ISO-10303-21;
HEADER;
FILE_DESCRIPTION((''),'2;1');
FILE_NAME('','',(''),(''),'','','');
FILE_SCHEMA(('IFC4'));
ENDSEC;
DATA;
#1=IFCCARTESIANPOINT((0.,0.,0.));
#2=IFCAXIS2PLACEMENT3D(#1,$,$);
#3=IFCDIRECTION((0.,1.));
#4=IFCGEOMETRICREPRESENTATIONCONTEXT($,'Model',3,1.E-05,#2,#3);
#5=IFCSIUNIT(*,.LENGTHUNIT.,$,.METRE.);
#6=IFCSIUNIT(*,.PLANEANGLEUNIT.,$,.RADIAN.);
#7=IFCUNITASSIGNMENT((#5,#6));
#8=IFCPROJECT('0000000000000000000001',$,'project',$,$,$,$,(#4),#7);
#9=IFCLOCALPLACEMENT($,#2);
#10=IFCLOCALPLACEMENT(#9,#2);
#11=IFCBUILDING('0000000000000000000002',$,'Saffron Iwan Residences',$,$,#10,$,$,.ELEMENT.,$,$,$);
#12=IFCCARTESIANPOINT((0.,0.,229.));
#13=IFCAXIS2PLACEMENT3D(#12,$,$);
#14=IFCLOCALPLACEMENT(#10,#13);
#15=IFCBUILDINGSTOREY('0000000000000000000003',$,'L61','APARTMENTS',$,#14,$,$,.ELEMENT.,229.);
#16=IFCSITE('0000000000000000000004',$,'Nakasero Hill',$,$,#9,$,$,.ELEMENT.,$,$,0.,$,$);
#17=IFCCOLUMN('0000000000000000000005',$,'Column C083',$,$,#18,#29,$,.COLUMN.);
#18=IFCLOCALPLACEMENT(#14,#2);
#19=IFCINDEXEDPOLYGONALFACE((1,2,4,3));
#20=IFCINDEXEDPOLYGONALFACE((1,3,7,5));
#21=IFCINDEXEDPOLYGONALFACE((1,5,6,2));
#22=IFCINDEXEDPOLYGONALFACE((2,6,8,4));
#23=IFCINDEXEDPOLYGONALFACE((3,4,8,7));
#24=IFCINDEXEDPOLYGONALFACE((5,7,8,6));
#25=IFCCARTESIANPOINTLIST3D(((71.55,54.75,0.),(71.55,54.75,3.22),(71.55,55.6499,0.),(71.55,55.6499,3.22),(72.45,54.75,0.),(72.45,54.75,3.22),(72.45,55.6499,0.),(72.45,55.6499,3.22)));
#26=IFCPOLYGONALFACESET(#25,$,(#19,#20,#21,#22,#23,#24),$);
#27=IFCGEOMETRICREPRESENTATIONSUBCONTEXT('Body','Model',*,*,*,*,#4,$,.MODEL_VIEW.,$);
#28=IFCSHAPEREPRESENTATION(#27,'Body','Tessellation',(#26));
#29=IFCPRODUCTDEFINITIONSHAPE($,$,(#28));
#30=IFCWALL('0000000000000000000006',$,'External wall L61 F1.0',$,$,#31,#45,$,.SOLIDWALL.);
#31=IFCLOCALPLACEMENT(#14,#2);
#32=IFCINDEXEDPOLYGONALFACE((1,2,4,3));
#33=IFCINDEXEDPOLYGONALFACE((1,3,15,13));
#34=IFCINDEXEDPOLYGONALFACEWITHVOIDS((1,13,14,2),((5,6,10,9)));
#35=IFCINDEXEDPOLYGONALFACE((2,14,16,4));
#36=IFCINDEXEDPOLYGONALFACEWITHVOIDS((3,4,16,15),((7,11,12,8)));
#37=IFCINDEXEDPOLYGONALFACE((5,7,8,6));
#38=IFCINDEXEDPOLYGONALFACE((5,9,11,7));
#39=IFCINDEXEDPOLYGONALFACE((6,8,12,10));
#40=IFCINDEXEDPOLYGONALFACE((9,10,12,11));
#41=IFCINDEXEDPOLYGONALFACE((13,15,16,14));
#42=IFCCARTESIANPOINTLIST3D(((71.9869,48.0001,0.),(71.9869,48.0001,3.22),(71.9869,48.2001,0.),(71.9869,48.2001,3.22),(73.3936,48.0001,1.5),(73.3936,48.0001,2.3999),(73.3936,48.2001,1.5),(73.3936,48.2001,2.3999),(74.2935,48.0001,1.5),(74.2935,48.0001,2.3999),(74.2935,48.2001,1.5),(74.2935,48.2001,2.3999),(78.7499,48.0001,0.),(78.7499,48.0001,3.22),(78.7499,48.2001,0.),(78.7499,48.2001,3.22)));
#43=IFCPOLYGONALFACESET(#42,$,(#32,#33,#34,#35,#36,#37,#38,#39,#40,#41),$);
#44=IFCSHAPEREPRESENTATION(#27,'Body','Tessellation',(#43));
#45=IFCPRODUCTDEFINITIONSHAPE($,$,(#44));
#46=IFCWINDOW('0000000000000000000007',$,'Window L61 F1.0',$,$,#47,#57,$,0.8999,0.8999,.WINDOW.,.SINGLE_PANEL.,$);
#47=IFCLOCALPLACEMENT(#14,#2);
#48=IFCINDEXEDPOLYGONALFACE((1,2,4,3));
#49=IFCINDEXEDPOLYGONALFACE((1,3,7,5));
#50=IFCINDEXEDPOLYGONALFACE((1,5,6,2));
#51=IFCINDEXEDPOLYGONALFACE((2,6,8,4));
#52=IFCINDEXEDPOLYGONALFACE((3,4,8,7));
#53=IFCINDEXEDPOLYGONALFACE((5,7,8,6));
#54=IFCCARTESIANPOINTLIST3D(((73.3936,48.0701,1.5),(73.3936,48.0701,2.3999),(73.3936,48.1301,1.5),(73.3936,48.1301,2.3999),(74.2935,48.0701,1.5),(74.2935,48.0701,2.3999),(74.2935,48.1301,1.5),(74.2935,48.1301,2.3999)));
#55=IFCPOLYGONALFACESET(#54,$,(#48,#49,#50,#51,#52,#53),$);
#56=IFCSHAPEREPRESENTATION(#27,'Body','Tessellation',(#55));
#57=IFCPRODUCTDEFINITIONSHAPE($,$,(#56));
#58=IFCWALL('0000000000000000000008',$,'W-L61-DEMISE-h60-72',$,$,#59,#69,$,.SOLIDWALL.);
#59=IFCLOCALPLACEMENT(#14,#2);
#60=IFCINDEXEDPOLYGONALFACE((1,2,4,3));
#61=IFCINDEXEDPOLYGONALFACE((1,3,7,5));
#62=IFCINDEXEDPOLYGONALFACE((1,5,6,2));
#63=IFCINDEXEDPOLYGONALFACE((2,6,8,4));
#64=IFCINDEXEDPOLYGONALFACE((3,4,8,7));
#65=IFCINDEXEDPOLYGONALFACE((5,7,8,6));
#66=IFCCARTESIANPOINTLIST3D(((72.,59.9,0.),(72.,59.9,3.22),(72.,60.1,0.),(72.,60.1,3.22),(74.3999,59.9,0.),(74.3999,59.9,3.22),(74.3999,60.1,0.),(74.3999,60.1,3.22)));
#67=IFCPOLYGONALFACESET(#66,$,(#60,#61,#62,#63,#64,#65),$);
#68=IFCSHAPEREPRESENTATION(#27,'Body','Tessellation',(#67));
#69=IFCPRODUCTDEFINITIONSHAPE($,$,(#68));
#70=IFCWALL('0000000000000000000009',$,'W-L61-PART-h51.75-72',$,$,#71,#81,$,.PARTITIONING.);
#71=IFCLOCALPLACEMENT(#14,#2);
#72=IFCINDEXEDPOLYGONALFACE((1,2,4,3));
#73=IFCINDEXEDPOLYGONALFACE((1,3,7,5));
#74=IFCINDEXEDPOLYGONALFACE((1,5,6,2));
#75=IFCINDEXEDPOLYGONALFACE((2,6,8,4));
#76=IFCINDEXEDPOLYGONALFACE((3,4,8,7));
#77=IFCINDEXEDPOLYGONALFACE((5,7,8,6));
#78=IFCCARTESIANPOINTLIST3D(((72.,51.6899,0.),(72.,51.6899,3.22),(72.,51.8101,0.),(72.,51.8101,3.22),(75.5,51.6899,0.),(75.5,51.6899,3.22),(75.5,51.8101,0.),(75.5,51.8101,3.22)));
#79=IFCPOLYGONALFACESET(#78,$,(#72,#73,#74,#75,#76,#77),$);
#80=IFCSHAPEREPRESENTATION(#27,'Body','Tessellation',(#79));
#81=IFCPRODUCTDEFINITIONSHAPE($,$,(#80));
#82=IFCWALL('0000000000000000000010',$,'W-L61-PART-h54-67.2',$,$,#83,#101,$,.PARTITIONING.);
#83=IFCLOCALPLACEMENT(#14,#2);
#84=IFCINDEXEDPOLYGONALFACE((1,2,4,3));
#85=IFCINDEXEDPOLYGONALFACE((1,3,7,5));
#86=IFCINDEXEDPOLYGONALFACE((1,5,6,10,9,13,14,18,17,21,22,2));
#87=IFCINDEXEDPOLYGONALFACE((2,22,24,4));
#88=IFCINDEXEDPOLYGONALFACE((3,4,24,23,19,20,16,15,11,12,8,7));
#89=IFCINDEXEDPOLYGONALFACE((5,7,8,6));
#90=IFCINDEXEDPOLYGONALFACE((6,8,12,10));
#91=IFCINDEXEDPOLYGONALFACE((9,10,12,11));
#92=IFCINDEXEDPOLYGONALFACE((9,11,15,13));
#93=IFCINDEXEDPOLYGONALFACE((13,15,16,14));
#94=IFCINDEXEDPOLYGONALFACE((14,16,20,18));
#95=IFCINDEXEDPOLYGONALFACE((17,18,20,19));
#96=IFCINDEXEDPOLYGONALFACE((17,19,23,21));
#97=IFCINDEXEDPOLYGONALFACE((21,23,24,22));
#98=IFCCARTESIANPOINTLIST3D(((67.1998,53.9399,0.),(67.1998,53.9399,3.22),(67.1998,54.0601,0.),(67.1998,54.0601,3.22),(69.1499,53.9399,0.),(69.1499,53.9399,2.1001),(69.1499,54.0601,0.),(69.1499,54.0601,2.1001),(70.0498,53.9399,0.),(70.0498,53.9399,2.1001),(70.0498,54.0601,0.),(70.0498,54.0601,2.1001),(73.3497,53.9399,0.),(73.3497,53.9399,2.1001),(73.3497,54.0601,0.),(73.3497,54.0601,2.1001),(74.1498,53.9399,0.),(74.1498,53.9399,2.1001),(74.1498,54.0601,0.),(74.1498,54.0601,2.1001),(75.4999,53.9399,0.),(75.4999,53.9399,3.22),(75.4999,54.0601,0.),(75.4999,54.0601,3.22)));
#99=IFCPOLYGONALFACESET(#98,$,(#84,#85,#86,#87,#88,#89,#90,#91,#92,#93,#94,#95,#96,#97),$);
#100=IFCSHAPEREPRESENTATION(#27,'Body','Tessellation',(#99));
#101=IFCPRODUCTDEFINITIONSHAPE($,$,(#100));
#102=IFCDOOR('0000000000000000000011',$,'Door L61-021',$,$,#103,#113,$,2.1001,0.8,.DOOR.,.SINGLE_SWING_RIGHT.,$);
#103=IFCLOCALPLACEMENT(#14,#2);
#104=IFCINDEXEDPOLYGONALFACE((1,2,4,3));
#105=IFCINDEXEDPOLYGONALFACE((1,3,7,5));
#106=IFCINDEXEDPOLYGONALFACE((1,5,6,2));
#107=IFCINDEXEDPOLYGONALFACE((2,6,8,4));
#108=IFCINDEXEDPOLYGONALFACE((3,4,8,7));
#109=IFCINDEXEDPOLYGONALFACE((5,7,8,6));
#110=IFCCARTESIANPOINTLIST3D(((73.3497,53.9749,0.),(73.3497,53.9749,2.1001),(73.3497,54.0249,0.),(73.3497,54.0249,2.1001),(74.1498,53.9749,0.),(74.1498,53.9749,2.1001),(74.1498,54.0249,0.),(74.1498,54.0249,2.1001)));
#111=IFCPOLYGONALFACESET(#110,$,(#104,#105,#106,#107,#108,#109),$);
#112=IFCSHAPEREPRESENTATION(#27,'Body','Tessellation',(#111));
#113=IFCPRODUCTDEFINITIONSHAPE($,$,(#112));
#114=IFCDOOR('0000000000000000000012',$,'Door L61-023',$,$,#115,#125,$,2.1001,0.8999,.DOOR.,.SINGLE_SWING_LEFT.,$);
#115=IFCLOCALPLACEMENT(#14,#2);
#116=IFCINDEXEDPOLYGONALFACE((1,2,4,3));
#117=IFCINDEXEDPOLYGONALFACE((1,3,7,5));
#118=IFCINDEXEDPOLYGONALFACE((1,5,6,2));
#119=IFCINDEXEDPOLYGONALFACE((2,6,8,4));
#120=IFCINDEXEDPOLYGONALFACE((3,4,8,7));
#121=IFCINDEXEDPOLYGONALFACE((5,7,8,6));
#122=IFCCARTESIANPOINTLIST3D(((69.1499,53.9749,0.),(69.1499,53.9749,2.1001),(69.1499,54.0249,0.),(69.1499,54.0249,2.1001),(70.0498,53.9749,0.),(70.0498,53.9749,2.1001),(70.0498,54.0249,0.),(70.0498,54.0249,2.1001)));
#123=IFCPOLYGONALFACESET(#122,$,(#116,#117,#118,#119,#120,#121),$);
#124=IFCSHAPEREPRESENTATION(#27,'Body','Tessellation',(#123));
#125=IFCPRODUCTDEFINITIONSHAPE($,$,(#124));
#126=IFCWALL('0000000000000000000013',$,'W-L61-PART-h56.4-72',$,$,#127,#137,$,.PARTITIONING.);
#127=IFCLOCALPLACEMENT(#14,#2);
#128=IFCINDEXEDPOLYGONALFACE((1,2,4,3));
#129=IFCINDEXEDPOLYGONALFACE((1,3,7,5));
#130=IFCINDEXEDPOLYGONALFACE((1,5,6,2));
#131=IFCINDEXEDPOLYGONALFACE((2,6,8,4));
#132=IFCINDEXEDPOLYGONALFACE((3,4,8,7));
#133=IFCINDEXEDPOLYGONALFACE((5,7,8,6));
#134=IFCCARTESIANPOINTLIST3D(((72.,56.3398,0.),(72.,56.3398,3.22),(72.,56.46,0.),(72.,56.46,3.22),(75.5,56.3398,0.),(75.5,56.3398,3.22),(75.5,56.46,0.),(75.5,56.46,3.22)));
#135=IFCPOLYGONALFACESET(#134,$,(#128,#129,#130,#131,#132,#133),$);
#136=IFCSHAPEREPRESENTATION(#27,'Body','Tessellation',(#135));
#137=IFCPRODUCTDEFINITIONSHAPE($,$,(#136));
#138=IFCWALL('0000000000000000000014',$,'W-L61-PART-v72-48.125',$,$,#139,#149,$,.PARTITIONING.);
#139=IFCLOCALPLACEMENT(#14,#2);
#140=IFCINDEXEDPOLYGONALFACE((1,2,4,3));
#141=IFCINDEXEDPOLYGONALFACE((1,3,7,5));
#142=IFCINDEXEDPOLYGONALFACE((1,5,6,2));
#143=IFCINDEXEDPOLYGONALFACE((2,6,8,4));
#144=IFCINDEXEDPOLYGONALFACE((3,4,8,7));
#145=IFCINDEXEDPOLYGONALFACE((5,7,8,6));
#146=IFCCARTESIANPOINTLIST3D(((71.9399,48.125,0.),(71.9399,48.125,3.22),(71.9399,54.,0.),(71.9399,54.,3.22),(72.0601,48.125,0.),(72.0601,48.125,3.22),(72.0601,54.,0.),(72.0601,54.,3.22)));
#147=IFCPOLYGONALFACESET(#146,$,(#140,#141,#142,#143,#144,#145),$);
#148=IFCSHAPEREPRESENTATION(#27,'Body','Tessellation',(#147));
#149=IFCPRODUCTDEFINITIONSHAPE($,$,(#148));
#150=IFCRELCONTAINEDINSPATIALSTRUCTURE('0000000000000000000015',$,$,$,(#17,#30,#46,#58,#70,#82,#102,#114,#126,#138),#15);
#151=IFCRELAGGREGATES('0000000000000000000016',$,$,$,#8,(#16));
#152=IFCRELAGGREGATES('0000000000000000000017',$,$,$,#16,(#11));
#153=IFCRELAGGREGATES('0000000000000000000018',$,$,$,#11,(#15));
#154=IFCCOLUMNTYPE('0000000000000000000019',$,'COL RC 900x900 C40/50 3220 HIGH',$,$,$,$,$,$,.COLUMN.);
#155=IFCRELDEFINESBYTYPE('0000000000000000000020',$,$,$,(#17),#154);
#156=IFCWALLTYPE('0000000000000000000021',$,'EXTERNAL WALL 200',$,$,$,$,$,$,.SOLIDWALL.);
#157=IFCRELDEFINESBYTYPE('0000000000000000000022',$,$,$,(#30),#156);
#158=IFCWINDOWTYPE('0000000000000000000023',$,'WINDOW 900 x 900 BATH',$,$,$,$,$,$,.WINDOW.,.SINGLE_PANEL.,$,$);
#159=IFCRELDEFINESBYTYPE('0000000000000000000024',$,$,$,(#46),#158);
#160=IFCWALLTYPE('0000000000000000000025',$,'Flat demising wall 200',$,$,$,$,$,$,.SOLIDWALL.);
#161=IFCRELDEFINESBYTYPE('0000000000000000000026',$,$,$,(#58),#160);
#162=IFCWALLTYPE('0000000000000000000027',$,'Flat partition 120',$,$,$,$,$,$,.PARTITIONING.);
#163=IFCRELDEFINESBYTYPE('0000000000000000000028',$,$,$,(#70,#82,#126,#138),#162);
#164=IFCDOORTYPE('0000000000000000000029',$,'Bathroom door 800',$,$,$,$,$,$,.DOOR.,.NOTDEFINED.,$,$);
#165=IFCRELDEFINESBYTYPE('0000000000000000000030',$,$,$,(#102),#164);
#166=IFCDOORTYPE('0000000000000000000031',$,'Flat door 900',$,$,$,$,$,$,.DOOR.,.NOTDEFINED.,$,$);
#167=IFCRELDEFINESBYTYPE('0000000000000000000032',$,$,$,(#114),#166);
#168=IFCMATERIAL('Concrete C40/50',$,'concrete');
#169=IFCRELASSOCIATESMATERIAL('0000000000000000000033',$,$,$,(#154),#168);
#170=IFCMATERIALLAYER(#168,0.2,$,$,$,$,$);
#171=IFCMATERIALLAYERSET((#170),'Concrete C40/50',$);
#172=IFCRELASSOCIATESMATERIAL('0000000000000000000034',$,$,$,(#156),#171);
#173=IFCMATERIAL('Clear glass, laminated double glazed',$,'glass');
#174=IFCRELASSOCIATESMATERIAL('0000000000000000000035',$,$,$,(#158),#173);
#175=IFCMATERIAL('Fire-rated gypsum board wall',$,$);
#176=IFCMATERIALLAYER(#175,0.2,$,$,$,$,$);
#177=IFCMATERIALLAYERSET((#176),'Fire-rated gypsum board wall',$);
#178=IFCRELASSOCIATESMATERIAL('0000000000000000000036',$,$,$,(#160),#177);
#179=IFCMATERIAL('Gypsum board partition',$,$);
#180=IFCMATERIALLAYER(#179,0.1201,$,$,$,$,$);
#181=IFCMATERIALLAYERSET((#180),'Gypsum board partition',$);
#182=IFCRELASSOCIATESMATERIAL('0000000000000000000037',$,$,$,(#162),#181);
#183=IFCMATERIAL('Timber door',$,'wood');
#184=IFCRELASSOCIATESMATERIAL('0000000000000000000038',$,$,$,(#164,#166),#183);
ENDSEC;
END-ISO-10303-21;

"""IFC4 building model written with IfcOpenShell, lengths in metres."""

from ifc_helpers import new_model, si_unit, direction, frame, frame_2d, origin, origin_2d, place, context, subcontext, project, spatial, rectangle, extrude, source, transform, mapped, material, layer, layer_set, material_profile, profile_set, type_object, element, fill, save


model = new_model("IFC4")

# Units and contexts
model_context = context("Model", 3, precision=1e-05, world=origin(), true_north=direction((0.0, 1.0)))
body_context = subcontext(model_context, "Body", "Model", "MODEL_VIEW")
ifc_project = project(units=[si_unit("LENGTHUNIT", "METRE"), si_unit("PLANEANGLEUNIT", "RADIAN")], contexts=[model_context])

# Site, building, storey
site_placement = place(None, origin())
site = spatial("IfcSite", under=ifc_project, at=site_placement, Name="Nakasero Hill", CompositionType="ELEMENT", RefElevation=0.0)
building_placement = place(site_placement, origin())
building = spatial("IfcBuilding", under=site, at=building_placement, Name="Saffron Iwan Residences", CompositionType="ELEMENT")
storey_placement = place(building_placement, frame((0.0, 0.0, 229.0)))
storey = spatial("IfcBuildingStorey", under=building, at=storey_placement, Name="L61", Description="APARTMENTS", CompositionType="ELEMENT", Elevation=229.0)

# Column
ifc_material_1 = material(Name="Concrete C40/50", Category="concrete")
ifc_material_profile = material_profile(ifc_material_1, rectangle(XDim=0.8999, YDim=0.8999, at=origin_2d()), Name="RC 900x900")
ifc_profile_set = profile_set([ifc_material_profile], Name="Concrete C40/50")
column_type = type_object("IfcColumnType", Name="COL RC 900x900 C40/50 3220 HIGH", PredefinedType="COLUMN", material=ifc_profile_set)
shared_shape = source(origin(), body_context, "Body", "SweptSolid", [
    extrude(rectangle(XDim=0.8999, YDim=0.8999, at=origin_2d()), origin(), (0.0, 0.0, 1.0), 3.22),
])
column_placement = place(storey_placement, frame((72.0, 55.2, 0.0), z_axis=(0.0, 0.0, 1.0), x_axis=(1.0, 0.0, 0.0)))
element("IfcColumn", 1, at=column_placement, inside=storey, type_object=column_type, Name="Column C083", PredefinedType="COLUMN", context=body_context, shape_type="MappedRepresentation", body=[
    mapped(shared_shape, transform((0.0, 0.0, 0.0))),
])

# Wall, opening, window
ifc_layer_1 = layer(ifc_material_1, 0.2)
ifc_layer_set_1 = layer_set([ifc_layer_1], Name="Concrete C40/50")
wall_type_1 = type_object("IfcWallType", Name="EXTERNAL WALL 200", PredefinedType="SOLIDWALL", material=ifc_layer_set_1)
wall_1_placement = place(storey_placement, frame((71.9871, 48.1001, 0.0), z_axis=(0.0, 0.0, 1.0), x_axis=(1.0, 0.0, 0.0)))
wall_1 = element("IfcWall", 2, at=wall_1_placement, inside=storey, type_object=wall_type_1, Name="External wall L61 F1.0", PredefinedType="SOLIDWALL", context=body_context, shape_type="SweptSolid", body=[
    extrude(rectangle(XDim=6.7629, YDim=0.2, at=frame_2d((3.3813, 0.0))), origin(), (0.0, 0.0, 1.0), 3.22),
])
opening_1_placement = place(wall_1_placement, frame((1.4065, 0.0, 1.5)))
opening_1 = element("IfcOpeningElement", 3, at=opening_1_placement, cuts=wall_1, PredefinedType="OPENING", context=body_context, shape_type="SweptSolid", body=[
    extrude(rectangle(XDim=0.8999, YDim=0.8999, at=frame_2d((0.45, 0.45))), frame((0.0, 0.1099, 0.0), z_axis=(0.0, -1.0, 0.0), x_axis=(1.0, 0.0, 0.0)), (0.0, 0.0, 1.0), 0.22),
])
ifc_material_2 = material(Name="Clear glass, laminated double glazed", Category="glass")
window_type = type_object("IfcWindowType", Name="WINDOW 900 x 900 BATH", PartitioningType="SINGLE_PANEL", PredefinedType="WINDOW", material=ifc_material_2)
window_placement = place(opening_1_placement, origin())
window = element("IfcWindow", 4, at=window_placement, inside=storey, type_object=window_type, Name="Window L61 F1.0", OverallHeight=0.8999, OverallWidth=0.8999, PartitioningType="SINGLE_PANEL", PredefinedType="WINDOW", context=body_context, shape_type="SweptSolid", body=[
    extrude(rectangle(XDim=0.8999, YDim=0.8999, at=frame_2d((0.45, 0.45))), frame((0.0, 0.03, 0.0), z_axis=(0.0, -1.0, 0.0), x_axis=(1.0, 0.0, 0.0)), (0.0, 0.0, 1.0), 0.0601),
])
fill(opening_1, window)

# Walls
ifc_material_3 = material(Name="Fire-rated gypsum board wall")
ifc_layer_2 = layer(ifc_material_3, 0.2)
ifc_layer_set_2 = layer_set([ifc_layer_2], Name="Fire-rated gypsum board wall")
wall_type_2 = type_object("IfcWallType", Name="Flat demising wall 200", PredefinedType="SOLIDWALL", material=ifc_layer_set_2)
wall_2_placement = place(storey_placement, frame((72.0, 60.0, 0.0), z_axis=(0.0, 0.0, 1.0), x_axis=(1.0, 0.0, 0.0)))
element("IfcWall", 5, at=wall_2_placement, inside=storey, type_object=wall_type_2, Name="W-L61-DEMISE-h60-72", PredefinedType="SOLIDWALL", context=body_context, shape_type="SweptSolid", body=[
    extrude(rectangle(XDim=2.3999, YDim=0.2, at=frame_2d((1.2, 0.0))), origin(), (0.0, 0.0, 1.0), 3.22),
])
ifc_material_4 = material(Name="Gypsum board partition")
ifc_layer_3 = layer(ifc_material_4, 0.1201)
ifc_layer_set_3 = layer_set([ifc_layer_3], Name="Gypsum board partition")
wall_type_3 = type_object("IfcWallType", Name="Flat partition 120", PredefinedType="PARTITIONING", material=ifc_layer_set_3)
wall_3_placement = place(storey_placement, frame((72.0, 51.75, 0.0), z_axis=(0.0, 0.0, 1.0), x_axis=(1.0, 0.0, 0.0)))
element("IfcWall", 6, at=wall_3_placement, inside=storey, type_object=wall_type_3, Name="W-L61-PART-h51.75-72", PredefinedType="PARTITIONING", context=body_context, shape_type="SweptSolid", body=[
    extrude(rectangle(XDim=3.5, YDim=0.1201, at=frame_2d((1.75, 0.0))), origin(), (0.0, 0.0, 1.0), 3.22),
])

# Wall, openings, doors
wall_4_placement = place(storey_placement, frame((67.2, 54.0, 0.0), z_axis=(0.0, 0.0, 1.0), x_axis=(1.0, 0.0, 0.0)))
wall_4 = element("IfcWall", 7, at=wall_4_placement, inside=storey, type_object=wall_type_3, Name="W-L61-PART-h54-67.2", PredefinedType="PARTITIONING", context=body_context, shape_type="SweptSolid", body=[
    extrude(rectangle(XDim=8.3, YDim=0.1201, at=frame_2d((4.1499, 0.0))), origin(), (0.0, 0.0, 1.0), 3.22),
])
opening_2_placement = place(wall_4_placement, frame((6.1499, 0.0, 0.0)))
opening_2 = element("IfcOpeningElement", 8, at=opening_2_placement, cuts=wall_4, PredefinedType="OPENING", context=body_context, shape_type="SweptSolid", body=[
    extrude(rectangle(XDim=0.8, YDim=2.1001, at=frame_2d((0.3999, 1.05))), frame((0.0, 0.0701, 0.0), z_axis=(0.0, -1.0, 0.0), x_axis=(1.0, 0.0, 0.0)), (0.0, 0.0, 1.0), 0.1401),
])
opening_3_placement = place(wall_4_placement, frame((1.95, 0.0, 0.0)))
opening_3 = element("IfcOpeningElement", 9, at=opening_3_placement, cuts=wall_4, PredefinedType="OPENING", context=body_context, shape_type="SweptSolid", body=[
    extrude(rectangle(XDim=0.8999, YDim=2.1001, at=frame_2d((0.45, 1.05))), frame((0.0, 0.0701, 0.0), z_axis=(0.0, -1.0, 0.0), x_axis=(1.0, 0.0, 0.0)), (0.0, 0.0, 1.0), 0.1401),
])
ifc_material_5 = material(Name="Timber door", Category="wood")
door_type_1 = type_object("IfcDoorType", Name="Bathroom door 800", OperationType="NOTDEFINED", PredefinedType="DOOR", material=ifc_material_5)
door_1_placement = place(opening_2_placement, origin())
door_1 = element("IfcDoor", 10, at=door_1_placement, inside=storey, type_object=door_type_1, Name="Door L61-021", OperationType="SINGLE_SWING_RIGHT", OverallHeight=2.1001, OverallWidth=0.8, PredefinedType="DOOR", context=body_context, shape_type="SweptSolid", body=[
    extrude(rectangle(XDim=0.8, YDim=2.1001, at=frame_2d((0.3999, 1.05))), frame((0.0, 0.0249, 0.0), z_axis=(0.0, -1.0, 0.0), x_axis=(1.0, 0.0, 0.0)), (0.0, 0.0, 1.0), 0.05),
])
fill(opening_2, door_1)
door_type_2 = type_object("IfcDoorType", Name="Flat door 900", OperationType="NOTDEFINED", PredefinedType="DOOR", material=ifc_material_5)
door_2_placement = place(opening_3_placement, origin())
door_2 = element("IfcDoor", 11, at=door_2_placement, inside=storey, type_object=door_type_2, Name="Door L61-023", OperationType="SINGLE_SWING_LEFT", OverallHeight=2.1001, OverallWidth=0.8999, PredefinedType="DOOR", context=body_context, shape_type="SweptSolid", body=[
    extrude(rectangle(XDim=0.8999, YDim=2.1001, at=frame_2d((0.45, 1.05))), frame((0.0, 0.0249, 0.0), z_axis=(0.0, -1.0, 0.0), x_axis=(1.0, 0.0, 0.0)), (0.0, 0.0, 1.0), 0.05),
])
fill(opening_3, door_2)

# Walls
wall_5_placement = place(storey_placement, frame((72.0, 56.3999, 0.0), z_axis=(0.0, 0.0, 1.0), x_axis=(1.0, 0.0, 0.0)))
element("IfcWall", 12, at=wall_5_placement, inside=storey, type_object=wall_type_3, Name="W-L61-PART-h56.4-72", PredefinedType="PARTITIONING", context=body_context, shape_type="SweptSolid", body=[
    extrude(rectangle(XDim=3.5, YDim=0.1201, at=frame_2d((1.75, 0.0))), origin(), (0.0, 0.0, 1.0), 3.22),
])
wall_6_placement = place(storey_placement, frame((72.0, 48.125, 0.0), z_axis=(0.0, 0.0, 1.0), x_axis=(0.0, 1.0, 0.0)))
element("IfcWall", 13, at=wall_6_placement, inside=storey, type_object=wall_type_3, Name="W-L61-PART-v72-48.125", PredefinedType="PARTITIONING", context=body_context, shape_type="SweptSolid", body=[
    extrude(rectangle(XDim=5.875, YDim=0.1201, at=frame_2d((2.9375, 0.0))), origin(), (0.0, 0.0, 1.0), 3.22),
])

save(model, "model.ifc")
